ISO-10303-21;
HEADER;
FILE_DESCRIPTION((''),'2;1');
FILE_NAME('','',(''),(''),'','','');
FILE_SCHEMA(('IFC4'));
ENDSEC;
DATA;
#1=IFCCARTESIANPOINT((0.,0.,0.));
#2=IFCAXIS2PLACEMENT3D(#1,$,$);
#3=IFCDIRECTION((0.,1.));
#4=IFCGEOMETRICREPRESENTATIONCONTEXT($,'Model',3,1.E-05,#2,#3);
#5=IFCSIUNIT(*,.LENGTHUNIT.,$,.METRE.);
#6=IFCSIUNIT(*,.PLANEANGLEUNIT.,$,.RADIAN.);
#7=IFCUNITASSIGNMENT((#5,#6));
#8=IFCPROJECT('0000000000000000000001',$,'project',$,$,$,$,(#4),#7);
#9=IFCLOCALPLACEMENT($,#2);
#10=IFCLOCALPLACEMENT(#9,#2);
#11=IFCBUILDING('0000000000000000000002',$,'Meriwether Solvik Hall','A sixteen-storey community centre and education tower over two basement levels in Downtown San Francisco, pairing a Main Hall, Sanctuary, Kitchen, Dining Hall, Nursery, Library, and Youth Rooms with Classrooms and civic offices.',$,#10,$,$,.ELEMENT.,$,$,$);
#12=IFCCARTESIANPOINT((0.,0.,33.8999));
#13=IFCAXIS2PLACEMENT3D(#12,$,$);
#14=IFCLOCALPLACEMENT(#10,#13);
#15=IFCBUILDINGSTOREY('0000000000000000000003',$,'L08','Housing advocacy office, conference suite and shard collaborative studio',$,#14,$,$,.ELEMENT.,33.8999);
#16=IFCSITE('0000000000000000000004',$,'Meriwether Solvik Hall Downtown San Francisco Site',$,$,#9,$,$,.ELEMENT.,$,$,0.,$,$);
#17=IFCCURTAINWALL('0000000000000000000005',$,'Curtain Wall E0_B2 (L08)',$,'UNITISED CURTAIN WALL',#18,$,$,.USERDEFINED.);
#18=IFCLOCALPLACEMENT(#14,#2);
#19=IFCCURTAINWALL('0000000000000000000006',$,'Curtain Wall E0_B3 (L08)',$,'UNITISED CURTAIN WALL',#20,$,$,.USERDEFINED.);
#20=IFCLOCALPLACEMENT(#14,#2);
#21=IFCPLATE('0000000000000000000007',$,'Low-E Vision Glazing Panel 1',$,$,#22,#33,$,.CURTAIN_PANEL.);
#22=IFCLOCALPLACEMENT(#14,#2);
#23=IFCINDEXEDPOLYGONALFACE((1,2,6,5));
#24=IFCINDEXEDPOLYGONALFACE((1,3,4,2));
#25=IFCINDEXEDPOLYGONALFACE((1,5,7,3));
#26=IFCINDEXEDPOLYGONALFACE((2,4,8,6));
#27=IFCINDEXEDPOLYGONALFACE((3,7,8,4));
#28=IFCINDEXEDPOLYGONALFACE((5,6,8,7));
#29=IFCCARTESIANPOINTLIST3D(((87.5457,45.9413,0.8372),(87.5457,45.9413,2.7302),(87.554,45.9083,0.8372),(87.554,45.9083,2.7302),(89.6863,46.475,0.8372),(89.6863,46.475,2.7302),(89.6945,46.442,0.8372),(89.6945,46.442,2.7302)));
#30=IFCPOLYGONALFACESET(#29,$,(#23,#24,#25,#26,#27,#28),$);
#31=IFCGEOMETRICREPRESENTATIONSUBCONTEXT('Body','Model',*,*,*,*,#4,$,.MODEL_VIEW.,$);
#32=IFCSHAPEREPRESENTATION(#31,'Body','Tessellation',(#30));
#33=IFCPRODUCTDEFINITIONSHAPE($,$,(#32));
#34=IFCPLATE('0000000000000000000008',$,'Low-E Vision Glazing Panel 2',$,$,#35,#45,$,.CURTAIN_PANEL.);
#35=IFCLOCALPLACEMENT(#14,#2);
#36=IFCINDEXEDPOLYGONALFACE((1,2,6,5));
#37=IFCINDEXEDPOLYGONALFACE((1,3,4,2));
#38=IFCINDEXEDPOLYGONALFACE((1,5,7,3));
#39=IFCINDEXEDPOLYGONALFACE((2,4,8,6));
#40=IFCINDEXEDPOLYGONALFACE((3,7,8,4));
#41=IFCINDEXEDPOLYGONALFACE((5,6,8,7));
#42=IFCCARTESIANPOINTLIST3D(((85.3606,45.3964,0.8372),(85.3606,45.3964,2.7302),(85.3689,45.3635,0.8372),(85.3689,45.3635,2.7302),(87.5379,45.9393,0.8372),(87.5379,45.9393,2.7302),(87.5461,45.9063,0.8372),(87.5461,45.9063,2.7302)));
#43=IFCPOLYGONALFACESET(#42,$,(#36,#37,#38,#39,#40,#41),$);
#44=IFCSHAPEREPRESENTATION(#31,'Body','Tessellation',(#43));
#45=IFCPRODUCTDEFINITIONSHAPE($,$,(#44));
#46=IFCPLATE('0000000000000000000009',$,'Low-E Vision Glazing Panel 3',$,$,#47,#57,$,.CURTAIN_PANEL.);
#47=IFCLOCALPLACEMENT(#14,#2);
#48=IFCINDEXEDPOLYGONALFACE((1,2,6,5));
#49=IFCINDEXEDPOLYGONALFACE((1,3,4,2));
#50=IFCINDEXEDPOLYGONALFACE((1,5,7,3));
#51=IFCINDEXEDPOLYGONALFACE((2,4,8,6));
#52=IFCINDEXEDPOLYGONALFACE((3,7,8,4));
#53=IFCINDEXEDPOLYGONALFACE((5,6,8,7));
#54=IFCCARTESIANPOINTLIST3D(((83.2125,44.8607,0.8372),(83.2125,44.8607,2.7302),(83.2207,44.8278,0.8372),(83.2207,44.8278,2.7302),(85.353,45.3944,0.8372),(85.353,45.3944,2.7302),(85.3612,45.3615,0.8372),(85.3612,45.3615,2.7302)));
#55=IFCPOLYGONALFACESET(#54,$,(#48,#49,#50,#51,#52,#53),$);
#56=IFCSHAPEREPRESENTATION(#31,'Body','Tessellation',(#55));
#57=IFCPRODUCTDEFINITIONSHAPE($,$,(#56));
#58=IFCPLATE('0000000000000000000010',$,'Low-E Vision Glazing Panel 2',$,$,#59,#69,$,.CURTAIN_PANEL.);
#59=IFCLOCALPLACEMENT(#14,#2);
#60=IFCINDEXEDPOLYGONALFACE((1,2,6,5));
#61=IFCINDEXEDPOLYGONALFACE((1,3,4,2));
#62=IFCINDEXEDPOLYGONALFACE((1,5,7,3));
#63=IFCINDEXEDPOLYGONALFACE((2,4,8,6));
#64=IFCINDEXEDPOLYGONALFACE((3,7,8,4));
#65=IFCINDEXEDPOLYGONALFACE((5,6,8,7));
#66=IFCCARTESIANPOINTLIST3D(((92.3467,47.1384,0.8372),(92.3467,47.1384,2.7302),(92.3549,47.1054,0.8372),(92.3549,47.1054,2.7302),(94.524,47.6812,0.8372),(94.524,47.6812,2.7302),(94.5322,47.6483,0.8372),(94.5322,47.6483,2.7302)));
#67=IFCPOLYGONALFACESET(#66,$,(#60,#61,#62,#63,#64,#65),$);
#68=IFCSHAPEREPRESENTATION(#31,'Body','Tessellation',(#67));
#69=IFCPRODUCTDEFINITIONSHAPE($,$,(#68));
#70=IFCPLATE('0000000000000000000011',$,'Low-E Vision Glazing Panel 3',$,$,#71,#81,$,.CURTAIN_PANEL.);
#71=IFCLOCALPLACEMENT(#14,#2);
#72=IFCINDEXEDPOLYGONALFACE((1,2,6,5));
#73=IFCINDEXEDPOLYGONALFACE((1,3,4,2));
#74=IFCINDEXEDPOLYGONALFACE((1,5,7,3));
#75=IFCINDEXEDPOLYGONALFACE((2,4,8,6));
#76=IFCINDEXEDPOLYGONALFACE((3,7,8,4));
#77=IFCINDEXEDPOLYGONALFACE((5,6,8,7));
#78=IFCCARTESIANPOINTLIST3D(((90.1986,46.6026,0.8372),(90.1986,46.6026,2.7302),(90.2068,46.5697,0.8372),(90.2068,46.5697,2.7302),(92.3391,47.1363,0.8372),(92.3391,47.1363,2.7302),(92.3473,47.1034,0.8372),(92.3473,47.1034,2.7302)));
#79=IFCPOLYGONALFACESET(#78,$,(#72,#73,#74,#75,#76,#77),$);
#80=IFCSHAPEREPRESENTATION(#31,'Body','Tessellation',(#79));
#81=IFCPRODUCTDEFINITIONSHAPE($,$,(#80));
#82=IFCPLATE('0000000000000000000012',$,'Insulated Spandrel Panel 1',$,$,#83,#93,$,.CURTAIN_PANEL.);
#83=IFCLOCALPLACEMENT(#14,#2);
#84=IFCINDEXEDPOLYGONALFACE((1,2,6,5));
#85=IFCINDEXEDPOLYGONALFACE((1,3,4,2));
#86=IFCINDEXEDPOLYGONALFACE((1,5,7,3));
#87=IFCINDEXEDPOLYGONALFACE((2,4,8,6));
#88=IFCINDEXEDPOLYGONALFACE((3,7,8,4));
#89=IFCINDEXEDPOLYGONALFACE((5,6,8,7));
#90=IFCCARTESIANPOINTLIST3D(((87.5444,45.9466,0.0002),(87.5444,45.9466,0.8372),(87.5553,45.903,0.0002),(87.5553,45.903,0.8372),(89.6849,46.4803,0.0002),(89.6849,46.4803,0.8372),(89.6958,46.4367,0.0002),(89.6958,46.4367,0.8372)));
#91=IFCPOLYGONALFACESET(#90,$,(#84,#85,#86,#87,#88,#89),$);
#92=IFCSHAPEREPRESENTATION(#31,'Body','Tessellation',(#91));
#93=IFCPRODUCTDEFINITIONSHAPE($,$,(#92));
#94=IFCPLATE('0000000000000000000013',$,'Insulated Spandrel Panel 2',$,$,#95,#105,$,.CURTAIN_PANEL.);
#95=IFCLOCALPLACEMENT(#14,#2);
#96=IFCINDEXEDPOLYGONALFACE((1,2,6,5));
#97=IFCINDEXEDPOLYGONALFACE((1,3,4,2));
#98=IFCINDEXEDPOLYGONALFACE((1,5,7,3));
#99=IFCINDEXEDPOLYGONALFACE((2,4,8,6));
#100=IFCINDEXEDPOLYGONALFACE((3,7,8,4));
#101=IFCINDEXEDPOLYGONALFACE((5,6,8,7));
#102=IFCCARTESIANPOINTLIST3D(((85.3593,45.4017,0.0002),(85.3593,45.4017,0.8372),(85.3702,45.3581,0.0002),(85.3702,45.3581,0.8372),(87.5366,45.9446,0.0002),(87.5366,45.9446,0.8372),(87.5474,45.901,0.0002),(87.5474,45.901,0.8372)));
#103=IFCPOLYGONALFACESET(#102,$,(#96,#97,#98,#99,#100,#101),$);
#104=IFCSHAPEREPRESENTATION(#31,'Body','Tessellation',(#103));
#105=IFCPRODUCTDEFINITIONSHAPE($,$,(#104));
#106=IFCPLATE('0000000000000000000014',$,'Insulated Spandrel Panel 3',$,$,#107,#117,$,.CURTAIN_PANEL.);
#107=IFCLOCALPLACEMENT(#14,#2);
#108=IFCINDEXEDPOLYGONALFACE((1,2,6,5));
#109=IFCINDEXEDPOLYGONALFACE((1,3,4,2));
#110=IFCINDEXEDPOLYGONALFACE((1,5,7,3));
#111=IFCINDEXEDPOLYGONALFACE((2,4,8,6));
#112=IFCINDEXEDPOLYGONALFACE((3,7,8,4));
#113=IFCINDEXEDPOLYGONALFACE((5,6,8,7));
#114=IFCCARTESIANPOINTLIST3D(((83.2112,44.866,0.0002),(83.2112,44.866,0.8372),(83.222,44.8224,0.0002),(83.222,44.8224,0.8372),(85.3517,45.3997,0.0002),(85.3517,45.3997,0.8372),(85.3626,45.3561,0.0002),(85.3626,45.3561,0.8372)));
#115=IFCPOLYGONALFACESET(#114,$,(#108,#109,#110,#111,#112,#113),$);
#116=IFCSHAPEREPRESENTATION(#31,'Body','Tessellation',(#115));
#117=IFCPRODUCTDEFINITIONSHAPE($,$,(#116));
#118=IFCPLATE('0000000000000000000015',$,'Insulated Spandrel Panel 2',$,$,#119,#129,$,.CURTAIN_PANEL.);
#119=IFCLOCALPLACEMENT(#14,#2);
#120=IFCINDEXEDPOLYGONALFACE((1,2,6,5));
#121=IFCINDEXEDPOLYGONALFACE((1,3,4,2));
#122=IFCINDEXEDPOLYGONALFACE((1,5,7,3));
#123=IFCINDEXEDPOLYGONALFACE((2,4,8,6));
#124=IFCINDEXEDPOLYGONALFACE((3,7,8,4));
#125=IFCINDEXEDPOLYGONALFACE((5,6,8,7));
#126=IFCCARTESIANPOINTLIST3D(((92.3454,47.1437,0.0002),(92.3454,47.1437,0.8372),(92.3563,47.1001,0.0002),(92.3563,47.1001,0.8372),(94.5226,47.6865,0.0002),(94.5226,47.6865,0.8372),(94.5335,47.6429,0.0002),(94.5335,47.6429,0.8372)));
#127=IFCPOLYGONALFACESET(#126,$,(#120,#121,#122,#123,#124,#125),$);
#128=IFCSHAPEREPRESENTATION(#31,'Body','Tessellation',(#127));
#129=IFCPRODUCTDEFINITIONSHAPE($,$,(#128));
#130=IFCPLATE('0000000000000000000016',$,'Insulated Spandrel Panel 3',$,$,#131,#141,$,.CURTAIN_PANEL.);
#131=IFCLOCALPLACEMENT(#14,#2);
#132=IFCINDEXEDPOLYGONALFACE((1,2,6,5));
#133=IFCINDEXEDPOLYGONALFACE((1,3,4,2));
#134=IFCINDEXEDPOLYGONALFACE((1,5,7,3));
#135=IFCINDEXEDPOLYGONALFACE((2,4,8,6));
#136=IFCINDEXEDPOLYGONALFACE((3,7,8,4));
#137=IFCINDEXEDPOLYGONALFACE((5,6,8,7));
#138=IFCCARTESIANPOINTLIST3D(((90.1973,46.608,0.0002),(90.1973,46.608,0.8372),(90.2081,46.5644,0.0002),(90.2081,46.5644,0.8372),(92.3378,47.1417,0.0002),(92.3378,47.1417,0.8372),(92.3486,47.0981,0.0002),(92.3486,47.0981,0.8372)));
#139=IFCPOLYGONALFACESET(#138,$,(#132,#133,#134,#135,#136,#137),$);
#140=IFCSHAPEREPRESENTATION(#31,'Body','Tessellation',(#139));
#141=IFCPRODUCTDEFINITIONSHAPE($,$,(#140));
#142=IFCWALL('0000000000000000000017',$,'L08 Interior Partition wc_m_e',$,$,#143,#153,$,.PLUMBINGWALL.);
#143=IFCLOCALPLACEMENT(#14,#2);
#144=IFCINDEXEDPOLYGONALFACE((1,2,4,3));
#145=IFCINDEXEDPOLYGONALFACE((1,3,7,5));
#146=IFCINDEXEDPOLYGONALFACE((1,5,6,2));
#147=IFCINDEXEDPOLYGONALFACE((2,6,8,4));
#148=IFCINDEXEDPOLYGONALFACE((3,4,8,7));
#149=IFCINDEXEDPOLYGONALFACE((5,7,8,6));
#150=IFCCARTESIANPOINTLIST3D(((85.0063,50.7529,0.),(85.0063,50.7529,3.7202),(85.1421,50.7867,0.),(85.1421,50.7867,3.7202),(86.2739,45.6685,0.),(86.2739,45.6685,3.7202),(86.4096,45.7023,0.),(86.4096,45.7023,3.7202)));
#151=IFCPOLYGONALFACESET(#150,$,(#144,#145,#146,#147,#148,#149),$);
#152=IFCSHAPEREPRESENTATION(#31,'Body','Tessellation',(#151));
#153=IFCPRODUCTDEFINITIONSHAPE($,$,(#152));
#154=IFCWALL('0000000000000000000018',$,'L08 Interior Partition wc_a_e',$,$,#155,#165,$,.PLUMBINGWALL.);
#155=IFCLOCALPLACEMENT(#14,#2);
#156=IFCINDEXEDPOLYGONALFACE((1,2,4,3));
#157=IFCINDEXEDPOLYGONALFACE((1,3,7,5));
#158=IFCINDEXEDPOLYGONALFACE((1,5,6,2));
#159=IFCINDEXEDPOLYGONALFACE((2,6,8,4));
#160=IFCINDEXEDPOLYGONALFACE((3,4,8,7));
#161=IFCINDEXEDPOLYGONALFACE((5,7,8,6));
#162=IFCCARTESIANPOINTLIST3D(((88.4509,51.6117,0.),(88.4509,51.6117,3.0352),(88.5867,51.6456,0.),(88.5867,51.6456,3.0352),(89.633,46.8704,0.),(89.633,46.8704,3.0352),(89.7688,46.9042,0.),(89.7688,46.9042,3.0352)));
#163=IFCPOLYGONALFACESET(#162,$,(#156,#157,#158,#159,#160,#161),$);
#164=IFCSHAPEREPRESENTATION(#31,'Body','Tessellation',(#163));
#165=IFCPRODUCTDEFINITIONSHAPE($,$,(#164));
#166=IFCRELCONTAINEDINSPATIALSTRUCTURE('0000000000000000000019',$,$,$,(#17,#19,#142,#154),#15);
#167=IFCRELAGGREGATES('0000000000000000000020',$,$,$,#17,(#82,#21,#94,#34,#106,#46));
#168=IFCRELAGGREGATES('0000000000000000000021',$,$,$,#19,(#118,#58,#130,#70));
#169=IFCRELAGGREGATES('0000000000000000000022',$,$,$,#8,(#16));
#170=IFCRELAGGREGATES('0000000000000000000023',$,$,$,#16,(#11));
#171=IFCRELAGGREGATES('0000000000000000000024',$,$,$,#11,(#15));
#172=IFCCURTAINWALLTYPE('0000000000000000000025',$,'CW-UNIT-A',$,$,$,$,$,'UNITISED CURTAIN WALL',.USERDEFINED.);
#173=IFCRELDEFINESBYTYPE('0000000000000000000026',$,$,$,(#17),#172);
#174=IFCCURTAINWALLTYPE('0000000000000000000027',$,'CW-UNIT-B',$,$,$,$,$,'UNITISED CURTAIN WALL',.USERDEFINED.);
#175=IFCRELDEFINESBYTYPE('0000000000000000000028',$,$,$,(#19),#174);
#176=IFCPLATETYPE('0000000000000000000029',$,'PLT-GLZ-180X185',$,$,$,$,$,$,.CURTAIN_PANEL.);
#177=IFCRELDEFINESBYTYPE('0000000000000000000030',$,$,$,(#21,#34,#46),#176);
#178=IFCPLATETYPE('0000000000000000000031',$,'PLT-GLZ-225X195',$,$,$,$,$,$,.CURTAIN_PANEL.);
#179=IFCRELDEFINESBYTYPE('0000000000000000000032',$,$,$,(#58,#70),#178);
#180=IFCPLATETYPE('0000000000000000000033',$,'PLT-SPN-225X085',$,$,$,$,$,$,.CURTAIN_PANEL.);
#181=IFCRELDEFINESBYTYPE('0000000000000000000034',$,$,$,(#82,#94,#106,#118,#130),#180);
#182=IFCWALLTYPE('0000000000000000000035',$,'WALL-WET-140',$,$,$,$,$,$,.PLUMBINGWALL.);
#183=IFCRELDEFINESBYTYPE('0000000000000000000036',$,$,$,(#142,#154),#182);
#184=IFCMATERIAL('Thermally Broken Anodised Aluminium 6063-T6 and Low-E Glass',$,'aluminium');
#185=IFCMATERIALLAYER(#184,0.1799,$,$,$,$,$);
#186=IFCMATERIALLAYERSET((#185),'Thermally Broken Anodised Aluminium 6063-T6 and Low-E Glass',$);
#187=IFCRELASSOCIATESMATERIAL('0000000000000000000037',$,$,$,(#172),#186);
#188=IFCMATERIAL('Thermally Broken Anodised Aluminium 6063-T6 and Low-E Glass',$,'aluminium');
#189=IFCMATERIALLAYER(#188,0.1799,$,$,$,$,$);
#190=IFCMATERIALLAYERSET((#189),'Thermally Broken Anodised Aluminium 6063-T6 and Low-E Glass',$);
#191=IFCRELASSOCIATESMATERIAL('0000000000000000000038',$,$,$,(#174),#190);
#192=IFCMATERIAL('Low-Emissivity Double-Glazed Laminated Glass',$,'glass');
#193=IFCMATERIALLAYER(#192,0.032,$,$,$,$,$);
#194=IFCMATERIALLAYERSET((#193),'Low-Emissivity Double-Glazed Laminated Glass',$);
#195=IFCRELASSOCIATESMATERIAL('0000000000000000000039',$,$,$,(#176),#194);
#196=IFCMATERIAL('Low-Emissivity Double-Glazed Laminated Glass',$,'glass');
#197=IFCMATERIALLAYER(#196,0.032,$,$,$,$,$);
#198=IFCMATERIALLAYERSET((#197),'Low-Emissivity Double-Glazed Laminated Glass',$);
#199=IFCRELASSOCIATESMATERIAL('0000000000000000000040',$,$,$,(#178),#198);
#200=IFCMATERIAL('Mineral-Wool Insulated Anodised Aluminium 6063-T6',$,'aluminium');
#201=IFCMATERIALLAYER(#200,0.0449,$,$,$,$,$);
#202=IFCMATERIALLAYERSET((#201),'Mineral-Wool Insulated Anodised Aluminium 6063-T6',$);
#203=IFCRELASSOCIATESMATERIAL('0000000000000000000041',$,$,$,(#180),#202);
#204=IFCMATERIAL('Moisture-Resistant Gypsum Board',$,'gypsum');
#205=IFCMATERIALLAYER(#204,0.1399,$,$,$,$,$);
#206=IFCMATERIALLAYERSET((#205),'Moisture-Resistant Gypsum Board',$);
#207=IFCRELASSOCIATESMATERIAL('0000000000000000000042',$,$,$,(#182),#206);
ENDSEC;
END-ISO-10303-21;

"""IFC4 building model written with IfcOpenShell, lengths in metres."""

from ifc_helpers import new_model, si_unit, direction, frame, frame_2d, origin, origin_2d, place, context, subcontext, project, spatial, rectangle, extrude, material, layer, layer_set, type_object, element, aggregate, save


model = new_model("IFC4")

# Units and contexts
model_context = context("Model", 3, precision=1e-05, world=origin(), true_north=direction((0.0, 1.0)))
body_context = subcontext(model_context, "Body", "Model", "MODEL_VIEW")
ifc_project = project(units=[si_unit("LENGTHUNIT", "METRE"), si_unit("PLANEANGLEUNIT", "RADIAN")], contexts=[model_context])

# Site, building, storey
site_placement = place(None, origin())
site = spatial("IfcSite", under=ifc_project, at=site_placement, Name="Meriwether Solvik Hall Downtown San Francisco Site", CompositionType="ELEMENT", RefElevation=0.0)
building_placement = place(site_placement, origin())
building = spatial("IfcBuilding", under=site, at=building_placement, Name="Meriwether Solvik Hall", Description="A sixteen-storey community centre and education tower over two basement levels in Downtown San Francisco, pairing a Main Hall, Sanctuary, Kitchen, Dining Hall, Nursery, Library, and Youth Rooms with Classrooms and civic offices.", CompositionType="ELEMENT")
storey_placement = place(building_placement, frame((0.0, 0.0, 33.8999)))
storey = spatial("IfcBuildingStorey", under=building, at=storey_placement, Name="L08", Description="Housing advocacy office, conference suite and shard collaborative studio", CompositionType="ELEMENT", Elevation=33.8999)

# Curtain walls
ifc_material_1 = material(Name="Thermally Broken Anodised Aluminium 6063-T6 and Low-E Glass", Category="aluminium")
ifc_layer_1 = layer(ifc_material_1, 0.1799)
ifc_layer_set_1 = layer_set([ifc_layer_1], Name="Thermally Broken Anodised Aluminium 6063-T6 and Low-E Glass")
curtain_wall_type_1 = type_object("IfcCurtainWallType", Name="CW-UNIT-A", ElementType="UNITISED CURTAIN WALL", PredefinedType="USERDEFINED", material=ifc_layer_set_1)
curtain_wall_1_placement = place(storey_placement, origin())
curtain_wall_1 = element("IfcCurtainWall", 1, at=curtain_wall_1_placement, inside=storey, type_object=curtain_wall_type_1, Name="Curtain Wall E0_B2 (L08)", ObjectType="UNITISED CURTAIN WALL", PredefinedType="USERDEFINED")
ifc_material_2 = material(Name="Thermally Broken Anodised Aluminium 6063-T6 and Low-E Glass", Category="aluminium")
ifc_layer_2 = layer(ifc_material_2, 0.1799)
ifc_layer_set_2 = layer_set([ifc_layer_2], Name="Thermally Broken Anodised Aluminium 6063-T6 and Low-E Glass")
curtain_wall_type_2 = type_object("IfcCurtainWallType", Name="CW-UNIT-B", ElementType="UNITISED CURTAIN WALL", PredefinedType="USERDEFINED", material=ifc_layer_set_2)
curtain_wall_2_placement = place(storey_placement, origin())
curtain_wall_2 = element("IfcCurtainWall", 2, at=curtain_wall_2_placement, inside=storey, type_object=curtain_wall_type_2, Name="Curtain Wall E0_B3 (L08)", ObjectType="UNITISED CURTAIN WALL", PredefinedType="USERDEFINED")

# Plates
ifc_material_3 = material(Name="Low-Emissivity Double-Glazed Laminated Glass", Category="glass")
ifc_layer_3 = layer(ifc_material_3, 0.032)
ifc_layer_set_3 = layer_set([ifc_layer_3], Name="Low-Emissivity Double-Glazed Laminated Glass")
plate_type_1 = type_object("IfcPlateType", Name="PLT-GLZ-180X185", PredefinedType="CURTAIN_PANEL", material=ifc_layer_set_3)
plate_1_placement = place(storey_placement, frame((88.6201, 46.1917, 0.8372), z_axis=(0.0, 0.0, 1.0), x_axis=(-0.970296, -0.241922, 0.0)))
plate_1 = element("IfcPlate", 3, at=plate_1_placement, type_object=plate_type_1, Name="Low-E Vision Glazing Panel 1", PredefinedType="CURTAIN_PANEL", context=body_context, shape_type="SweptSolid", body=[
    extrude(rectangle(XDim=2.2061, YDim=0.0339, at=origin_2d()), origin(), (0.0, 0.0, 1.0), 1.8931),
])
plate_2_placement = place(storey_placement, frame((86.4534, 45.6514, 0.8372), z_axis=(0.0, 0.0, 1.0), x_axis=(-0.970296, -0.241922, 0.0)))
plate_2 = element("IfcPlate", 4, at=plate_2_placement, type_object=plate_type_1, Name="Low-E Vision Glazing Panel 2", PredefinedType="CURTAIN_PANEL", context=body_context, shape_type="SweptSolid", body=[
    extrude(rectangle(XDim=2.2439, YDim=0.0339, at=origin_2d()), origin(), (0.0, 0.0, 1.0), 1.8931),
])
plate_3_placement = place(storey_placement, frame((84.2869, 45.1111, 0.8372), z_axis=(0.0, 0.0, 1.0), x_axis=(-0.970296, -0.241922, 0.0)))
plate_3 = element("IfcPlate", 5, at=plate_3_placement, type_object=plate_type_1, Name="Low-E Vision Glazing Panel 3", PredefinedType="CURTAIN_PANEL", context=body_context, shape_type="SweptSolid", body=[
    extrude(rectangle(XDim=2.2061, YDim=0.0339, at=origin_2d()), origin(), (0.0, 0.0, 1.0), 1.8931),
])
ifc_material_4 = material(Name="Low-Emissivity Double-Glazed Laminated Glass", Category="glass")
ifc_layer_4 = layer(ifc_material_4, 0.032)
ifc_layer_set_4 = layer_set([ifc_layer_4], Name="Low-Emissivity Double-Glazed Laminated Glass")
plate_type_2 = type_object("IfcPlateType", Name="PLT-GLZ-225X195", PredefinedType="CURTAIN_PANEL", material=ifc_layer_set_4)
plate_4_placement = place(storey_placement, frame((93.4395, 47.3933, 0.8372), z_axis=(0.0, 0.0, 1.0), x_axis=(-0.970296, -0.241922, 0.0)))
plate_4 = element("IfcPlate", 6, at=plate_4_placement, type_object=plate_type_2, Name="Low-E Vision Glazing Panel 2", PredefinedType="CURTAIN_PANEL", context=body_context, shape_type="SweptSolid", body=[
    extrude(rectangle(XDim=2.2439, YDim=0.0339, at=origin_2d()), origin(), (0.0, 0.0, 1.0), 1.8931),
])
plate_5_placement = place(storey_placement, frame((91.2729, 46.853, 0.8372), z_axis=(0.0, 0.0, 1.0), x_axis=(-0.970296, -0.241922, 0.0)))
plate_5 = element("IfcPlate", 7, at=plate_5_placement, type_object=plate_type_2, Name="Low-E Vision Glazing Panel 3", PredefinedType="CURTAIN_PANEL", context=body_context, shape_type="SweptSolid", body=[
    extrude(rectangle(XDim=2.2061, YDim=0.0339, at=origin_2d()), origin(), (0.0, 0.0, 1.0), 1.8931),
])
ifc_material_5 = material(Name="Mineral-Wool Insulated Anodised Aluminium 6063-T6", Category="aluminium")
ifc_layer_5 = layer(ifc_material_5, 0.0449)
ifc_layer_set_5 = layer_set([ifc_layer_5], Name="Mineral-Wool Insulated Anodised Aluminium 6063-T6")
plate_type_3 = type_object("IfcPlateType", Name="PLT-SPN-225X085", PredefinedType="CURTAIN_PANEL", material=ifc_layer_set_5)
plate_6_placement = place(storey_placement, frame((88.6201, 46.1917, 0.0002), z_axis=(0.0, 0.0, 1.0), x_axis=(-0.970296, -0.241922, 0.0)))
plate_6 = element("IfcPlate", 8, at=plate_6_placement, type_object=plate_type_3, Name="Insulated Spandrel Panel 1", PredefinedType="CURTAIN_PANEL", context=body_context, shape_type="SweptSolid", body=[
    extrude(rectangle(XDim=2.2061, YDim=0.0449, at=origin_2d()), origin(), (0.0, 0.0, 1.0), 0.8369),
])
plate_7_placement = place(storey_placement, frame((86.4534, 45.6514, 0.0002), z_axis=(0.0, 0.0, 1.0), x_axis=(-0.970296, -0.241922, 0.0)))
plate_7 = element("IfcPlate", 9, at=plate_7_placement, type_object=plate_type_3, Name="Insulated Spandrel Panel 2", PredefinedType="CURTAIN_PANEL", context=body_context, shape_type="SweptSolid", body=[
    extrude(rectangle(XDim=2.2439, YDim=0.0449, at=origin_2d()), origin(), (0.0, 0.0, 1.0), 0.8369),
])
plate_8_placement = place(storey_placement, frame((84.2869, 45.1111, 0.0002), z_axis=(0.0, 0.0, 1.0), x_axis=(-0.970296, -0.241922, 0.0)))
plate_8 = element("IfcPlate", 10, at=plate_8_placement, type_object=plate_type_3, Name="Insulated Spandrel Panel 3", PredefinedType="CURTAIN_PANEL", context=body_context, shape_type="SweptSolid", body=[
    extrude(rectangle(XDim=2.2061, YDim=0.0449, at=origin_2d()), origin(), (0.0, 0.0, 1.0), 0.8369),
])
aggregate(curtain_wall_1, [plate_6, plate_1, plate_7, plate_2, plate_8, plate_3])
plate_9_placement = place(storey_placement, frame((93.4395, 47.3933, 0.0002), z_axis=(0.0, 0.0, 1.0), x_axis=(-0.970296, -0.241922, 0.0)))
plate_9 = element("IfcPlate", 11, at=plate_9_placement, type_object=plate_type_3, Name="Insulated Spandrel Panel 2", PredefinedType="CURTAIN_PANEL", context=body_context, shape_type="SweptSolid", body=[
    extrude(rectangle(XDim=2.2439, YDim=0.0449, at=origin_2d()), origin(), (0.0, 0.0, 1.0), 0.8369),
])
plate_10_placement = place(storey_placement, frame((91.2729, 46.853, 0.0002), z_axis=(0.0, 0.0, 1.0), x_axis=(-0.970296, -0.241922, 0.0)))
plate_10 = element("IfcPlate", 12, at=plate_10_placement, type_object=plate_type_3, Name="Insulated Spandrel Panel 3", PredefinedType="CURTAIN_PANEL", context=body_context, shape_type="SweptSolid", body=[
    extrude(rectangle(XDim=2.2061, YDim=0.0449, at=origin_2d()), origin(), (0.0, 0.0, 1.0), 0.8369),
])
aggregate(curtain_wall_2, [plate_9, plate_4, plate_10, plate_5])

# Walls
ifc_material_6 = material(Name="Moisture-Resistant Gypsum Board", Category="gypsum")
ifc_layer_6 = layer(ifc_material_6, 0.1399)
ifc_layer_set_6 = layer_set([ifc_layer_6], Name="Moisture-Resistant Gypsum Board")
wall_type = type_object("IfcWallType", Name="WALL-WET-140", PredefinedType="PLUMBINGWALL", material=ifc_layer_set_6)
wall_1_placement = place(storey_placement, frame((86.3418, 45.6853, 0.0), z_axis=(0.0, 0.0, 1.0), x_axis=(-0.2419, 0.970301, 0.0)))
element("IfcWall", 13, at=wall_1_placement, inside=storey, type_object=wall_type, Name="L08 Interior Partition wc_m_e", PredefinedType="PLUMBINGWALL", context=body_context, shape_type="SweptSolid", body=[
    extrude(rectangle(XDim=5.24, YDim=0.1399, at=frame_2d((2.6201, 0.0))), origin(), (0.0, 0.0, 1.0), 3.7202),
])
wall_2_placement = place(storey_placement, frame((89.7009, 46.8872, 0.0), z_axis=(0.0, 0.0, 1.0), x_axis=(-0.241913, 0.970298, 0.0)))
element("IfcWall", 14, at=wall_2_placement, inside=storey, type_object=wall_type, Name="L08 Interior Partition wc_a_e", PredefinedType="PLUMBINGWALL", context=body_context, shape_type="SweptSolid", body=[
    extrude(rectangle(XDim=4.8865, YDim=0.1399, at=frame_2d((2.4434, 0.0))), origin(), (0.0, 0.0, 1.0), 3.0352),
])

save(model, "model.ifc")
